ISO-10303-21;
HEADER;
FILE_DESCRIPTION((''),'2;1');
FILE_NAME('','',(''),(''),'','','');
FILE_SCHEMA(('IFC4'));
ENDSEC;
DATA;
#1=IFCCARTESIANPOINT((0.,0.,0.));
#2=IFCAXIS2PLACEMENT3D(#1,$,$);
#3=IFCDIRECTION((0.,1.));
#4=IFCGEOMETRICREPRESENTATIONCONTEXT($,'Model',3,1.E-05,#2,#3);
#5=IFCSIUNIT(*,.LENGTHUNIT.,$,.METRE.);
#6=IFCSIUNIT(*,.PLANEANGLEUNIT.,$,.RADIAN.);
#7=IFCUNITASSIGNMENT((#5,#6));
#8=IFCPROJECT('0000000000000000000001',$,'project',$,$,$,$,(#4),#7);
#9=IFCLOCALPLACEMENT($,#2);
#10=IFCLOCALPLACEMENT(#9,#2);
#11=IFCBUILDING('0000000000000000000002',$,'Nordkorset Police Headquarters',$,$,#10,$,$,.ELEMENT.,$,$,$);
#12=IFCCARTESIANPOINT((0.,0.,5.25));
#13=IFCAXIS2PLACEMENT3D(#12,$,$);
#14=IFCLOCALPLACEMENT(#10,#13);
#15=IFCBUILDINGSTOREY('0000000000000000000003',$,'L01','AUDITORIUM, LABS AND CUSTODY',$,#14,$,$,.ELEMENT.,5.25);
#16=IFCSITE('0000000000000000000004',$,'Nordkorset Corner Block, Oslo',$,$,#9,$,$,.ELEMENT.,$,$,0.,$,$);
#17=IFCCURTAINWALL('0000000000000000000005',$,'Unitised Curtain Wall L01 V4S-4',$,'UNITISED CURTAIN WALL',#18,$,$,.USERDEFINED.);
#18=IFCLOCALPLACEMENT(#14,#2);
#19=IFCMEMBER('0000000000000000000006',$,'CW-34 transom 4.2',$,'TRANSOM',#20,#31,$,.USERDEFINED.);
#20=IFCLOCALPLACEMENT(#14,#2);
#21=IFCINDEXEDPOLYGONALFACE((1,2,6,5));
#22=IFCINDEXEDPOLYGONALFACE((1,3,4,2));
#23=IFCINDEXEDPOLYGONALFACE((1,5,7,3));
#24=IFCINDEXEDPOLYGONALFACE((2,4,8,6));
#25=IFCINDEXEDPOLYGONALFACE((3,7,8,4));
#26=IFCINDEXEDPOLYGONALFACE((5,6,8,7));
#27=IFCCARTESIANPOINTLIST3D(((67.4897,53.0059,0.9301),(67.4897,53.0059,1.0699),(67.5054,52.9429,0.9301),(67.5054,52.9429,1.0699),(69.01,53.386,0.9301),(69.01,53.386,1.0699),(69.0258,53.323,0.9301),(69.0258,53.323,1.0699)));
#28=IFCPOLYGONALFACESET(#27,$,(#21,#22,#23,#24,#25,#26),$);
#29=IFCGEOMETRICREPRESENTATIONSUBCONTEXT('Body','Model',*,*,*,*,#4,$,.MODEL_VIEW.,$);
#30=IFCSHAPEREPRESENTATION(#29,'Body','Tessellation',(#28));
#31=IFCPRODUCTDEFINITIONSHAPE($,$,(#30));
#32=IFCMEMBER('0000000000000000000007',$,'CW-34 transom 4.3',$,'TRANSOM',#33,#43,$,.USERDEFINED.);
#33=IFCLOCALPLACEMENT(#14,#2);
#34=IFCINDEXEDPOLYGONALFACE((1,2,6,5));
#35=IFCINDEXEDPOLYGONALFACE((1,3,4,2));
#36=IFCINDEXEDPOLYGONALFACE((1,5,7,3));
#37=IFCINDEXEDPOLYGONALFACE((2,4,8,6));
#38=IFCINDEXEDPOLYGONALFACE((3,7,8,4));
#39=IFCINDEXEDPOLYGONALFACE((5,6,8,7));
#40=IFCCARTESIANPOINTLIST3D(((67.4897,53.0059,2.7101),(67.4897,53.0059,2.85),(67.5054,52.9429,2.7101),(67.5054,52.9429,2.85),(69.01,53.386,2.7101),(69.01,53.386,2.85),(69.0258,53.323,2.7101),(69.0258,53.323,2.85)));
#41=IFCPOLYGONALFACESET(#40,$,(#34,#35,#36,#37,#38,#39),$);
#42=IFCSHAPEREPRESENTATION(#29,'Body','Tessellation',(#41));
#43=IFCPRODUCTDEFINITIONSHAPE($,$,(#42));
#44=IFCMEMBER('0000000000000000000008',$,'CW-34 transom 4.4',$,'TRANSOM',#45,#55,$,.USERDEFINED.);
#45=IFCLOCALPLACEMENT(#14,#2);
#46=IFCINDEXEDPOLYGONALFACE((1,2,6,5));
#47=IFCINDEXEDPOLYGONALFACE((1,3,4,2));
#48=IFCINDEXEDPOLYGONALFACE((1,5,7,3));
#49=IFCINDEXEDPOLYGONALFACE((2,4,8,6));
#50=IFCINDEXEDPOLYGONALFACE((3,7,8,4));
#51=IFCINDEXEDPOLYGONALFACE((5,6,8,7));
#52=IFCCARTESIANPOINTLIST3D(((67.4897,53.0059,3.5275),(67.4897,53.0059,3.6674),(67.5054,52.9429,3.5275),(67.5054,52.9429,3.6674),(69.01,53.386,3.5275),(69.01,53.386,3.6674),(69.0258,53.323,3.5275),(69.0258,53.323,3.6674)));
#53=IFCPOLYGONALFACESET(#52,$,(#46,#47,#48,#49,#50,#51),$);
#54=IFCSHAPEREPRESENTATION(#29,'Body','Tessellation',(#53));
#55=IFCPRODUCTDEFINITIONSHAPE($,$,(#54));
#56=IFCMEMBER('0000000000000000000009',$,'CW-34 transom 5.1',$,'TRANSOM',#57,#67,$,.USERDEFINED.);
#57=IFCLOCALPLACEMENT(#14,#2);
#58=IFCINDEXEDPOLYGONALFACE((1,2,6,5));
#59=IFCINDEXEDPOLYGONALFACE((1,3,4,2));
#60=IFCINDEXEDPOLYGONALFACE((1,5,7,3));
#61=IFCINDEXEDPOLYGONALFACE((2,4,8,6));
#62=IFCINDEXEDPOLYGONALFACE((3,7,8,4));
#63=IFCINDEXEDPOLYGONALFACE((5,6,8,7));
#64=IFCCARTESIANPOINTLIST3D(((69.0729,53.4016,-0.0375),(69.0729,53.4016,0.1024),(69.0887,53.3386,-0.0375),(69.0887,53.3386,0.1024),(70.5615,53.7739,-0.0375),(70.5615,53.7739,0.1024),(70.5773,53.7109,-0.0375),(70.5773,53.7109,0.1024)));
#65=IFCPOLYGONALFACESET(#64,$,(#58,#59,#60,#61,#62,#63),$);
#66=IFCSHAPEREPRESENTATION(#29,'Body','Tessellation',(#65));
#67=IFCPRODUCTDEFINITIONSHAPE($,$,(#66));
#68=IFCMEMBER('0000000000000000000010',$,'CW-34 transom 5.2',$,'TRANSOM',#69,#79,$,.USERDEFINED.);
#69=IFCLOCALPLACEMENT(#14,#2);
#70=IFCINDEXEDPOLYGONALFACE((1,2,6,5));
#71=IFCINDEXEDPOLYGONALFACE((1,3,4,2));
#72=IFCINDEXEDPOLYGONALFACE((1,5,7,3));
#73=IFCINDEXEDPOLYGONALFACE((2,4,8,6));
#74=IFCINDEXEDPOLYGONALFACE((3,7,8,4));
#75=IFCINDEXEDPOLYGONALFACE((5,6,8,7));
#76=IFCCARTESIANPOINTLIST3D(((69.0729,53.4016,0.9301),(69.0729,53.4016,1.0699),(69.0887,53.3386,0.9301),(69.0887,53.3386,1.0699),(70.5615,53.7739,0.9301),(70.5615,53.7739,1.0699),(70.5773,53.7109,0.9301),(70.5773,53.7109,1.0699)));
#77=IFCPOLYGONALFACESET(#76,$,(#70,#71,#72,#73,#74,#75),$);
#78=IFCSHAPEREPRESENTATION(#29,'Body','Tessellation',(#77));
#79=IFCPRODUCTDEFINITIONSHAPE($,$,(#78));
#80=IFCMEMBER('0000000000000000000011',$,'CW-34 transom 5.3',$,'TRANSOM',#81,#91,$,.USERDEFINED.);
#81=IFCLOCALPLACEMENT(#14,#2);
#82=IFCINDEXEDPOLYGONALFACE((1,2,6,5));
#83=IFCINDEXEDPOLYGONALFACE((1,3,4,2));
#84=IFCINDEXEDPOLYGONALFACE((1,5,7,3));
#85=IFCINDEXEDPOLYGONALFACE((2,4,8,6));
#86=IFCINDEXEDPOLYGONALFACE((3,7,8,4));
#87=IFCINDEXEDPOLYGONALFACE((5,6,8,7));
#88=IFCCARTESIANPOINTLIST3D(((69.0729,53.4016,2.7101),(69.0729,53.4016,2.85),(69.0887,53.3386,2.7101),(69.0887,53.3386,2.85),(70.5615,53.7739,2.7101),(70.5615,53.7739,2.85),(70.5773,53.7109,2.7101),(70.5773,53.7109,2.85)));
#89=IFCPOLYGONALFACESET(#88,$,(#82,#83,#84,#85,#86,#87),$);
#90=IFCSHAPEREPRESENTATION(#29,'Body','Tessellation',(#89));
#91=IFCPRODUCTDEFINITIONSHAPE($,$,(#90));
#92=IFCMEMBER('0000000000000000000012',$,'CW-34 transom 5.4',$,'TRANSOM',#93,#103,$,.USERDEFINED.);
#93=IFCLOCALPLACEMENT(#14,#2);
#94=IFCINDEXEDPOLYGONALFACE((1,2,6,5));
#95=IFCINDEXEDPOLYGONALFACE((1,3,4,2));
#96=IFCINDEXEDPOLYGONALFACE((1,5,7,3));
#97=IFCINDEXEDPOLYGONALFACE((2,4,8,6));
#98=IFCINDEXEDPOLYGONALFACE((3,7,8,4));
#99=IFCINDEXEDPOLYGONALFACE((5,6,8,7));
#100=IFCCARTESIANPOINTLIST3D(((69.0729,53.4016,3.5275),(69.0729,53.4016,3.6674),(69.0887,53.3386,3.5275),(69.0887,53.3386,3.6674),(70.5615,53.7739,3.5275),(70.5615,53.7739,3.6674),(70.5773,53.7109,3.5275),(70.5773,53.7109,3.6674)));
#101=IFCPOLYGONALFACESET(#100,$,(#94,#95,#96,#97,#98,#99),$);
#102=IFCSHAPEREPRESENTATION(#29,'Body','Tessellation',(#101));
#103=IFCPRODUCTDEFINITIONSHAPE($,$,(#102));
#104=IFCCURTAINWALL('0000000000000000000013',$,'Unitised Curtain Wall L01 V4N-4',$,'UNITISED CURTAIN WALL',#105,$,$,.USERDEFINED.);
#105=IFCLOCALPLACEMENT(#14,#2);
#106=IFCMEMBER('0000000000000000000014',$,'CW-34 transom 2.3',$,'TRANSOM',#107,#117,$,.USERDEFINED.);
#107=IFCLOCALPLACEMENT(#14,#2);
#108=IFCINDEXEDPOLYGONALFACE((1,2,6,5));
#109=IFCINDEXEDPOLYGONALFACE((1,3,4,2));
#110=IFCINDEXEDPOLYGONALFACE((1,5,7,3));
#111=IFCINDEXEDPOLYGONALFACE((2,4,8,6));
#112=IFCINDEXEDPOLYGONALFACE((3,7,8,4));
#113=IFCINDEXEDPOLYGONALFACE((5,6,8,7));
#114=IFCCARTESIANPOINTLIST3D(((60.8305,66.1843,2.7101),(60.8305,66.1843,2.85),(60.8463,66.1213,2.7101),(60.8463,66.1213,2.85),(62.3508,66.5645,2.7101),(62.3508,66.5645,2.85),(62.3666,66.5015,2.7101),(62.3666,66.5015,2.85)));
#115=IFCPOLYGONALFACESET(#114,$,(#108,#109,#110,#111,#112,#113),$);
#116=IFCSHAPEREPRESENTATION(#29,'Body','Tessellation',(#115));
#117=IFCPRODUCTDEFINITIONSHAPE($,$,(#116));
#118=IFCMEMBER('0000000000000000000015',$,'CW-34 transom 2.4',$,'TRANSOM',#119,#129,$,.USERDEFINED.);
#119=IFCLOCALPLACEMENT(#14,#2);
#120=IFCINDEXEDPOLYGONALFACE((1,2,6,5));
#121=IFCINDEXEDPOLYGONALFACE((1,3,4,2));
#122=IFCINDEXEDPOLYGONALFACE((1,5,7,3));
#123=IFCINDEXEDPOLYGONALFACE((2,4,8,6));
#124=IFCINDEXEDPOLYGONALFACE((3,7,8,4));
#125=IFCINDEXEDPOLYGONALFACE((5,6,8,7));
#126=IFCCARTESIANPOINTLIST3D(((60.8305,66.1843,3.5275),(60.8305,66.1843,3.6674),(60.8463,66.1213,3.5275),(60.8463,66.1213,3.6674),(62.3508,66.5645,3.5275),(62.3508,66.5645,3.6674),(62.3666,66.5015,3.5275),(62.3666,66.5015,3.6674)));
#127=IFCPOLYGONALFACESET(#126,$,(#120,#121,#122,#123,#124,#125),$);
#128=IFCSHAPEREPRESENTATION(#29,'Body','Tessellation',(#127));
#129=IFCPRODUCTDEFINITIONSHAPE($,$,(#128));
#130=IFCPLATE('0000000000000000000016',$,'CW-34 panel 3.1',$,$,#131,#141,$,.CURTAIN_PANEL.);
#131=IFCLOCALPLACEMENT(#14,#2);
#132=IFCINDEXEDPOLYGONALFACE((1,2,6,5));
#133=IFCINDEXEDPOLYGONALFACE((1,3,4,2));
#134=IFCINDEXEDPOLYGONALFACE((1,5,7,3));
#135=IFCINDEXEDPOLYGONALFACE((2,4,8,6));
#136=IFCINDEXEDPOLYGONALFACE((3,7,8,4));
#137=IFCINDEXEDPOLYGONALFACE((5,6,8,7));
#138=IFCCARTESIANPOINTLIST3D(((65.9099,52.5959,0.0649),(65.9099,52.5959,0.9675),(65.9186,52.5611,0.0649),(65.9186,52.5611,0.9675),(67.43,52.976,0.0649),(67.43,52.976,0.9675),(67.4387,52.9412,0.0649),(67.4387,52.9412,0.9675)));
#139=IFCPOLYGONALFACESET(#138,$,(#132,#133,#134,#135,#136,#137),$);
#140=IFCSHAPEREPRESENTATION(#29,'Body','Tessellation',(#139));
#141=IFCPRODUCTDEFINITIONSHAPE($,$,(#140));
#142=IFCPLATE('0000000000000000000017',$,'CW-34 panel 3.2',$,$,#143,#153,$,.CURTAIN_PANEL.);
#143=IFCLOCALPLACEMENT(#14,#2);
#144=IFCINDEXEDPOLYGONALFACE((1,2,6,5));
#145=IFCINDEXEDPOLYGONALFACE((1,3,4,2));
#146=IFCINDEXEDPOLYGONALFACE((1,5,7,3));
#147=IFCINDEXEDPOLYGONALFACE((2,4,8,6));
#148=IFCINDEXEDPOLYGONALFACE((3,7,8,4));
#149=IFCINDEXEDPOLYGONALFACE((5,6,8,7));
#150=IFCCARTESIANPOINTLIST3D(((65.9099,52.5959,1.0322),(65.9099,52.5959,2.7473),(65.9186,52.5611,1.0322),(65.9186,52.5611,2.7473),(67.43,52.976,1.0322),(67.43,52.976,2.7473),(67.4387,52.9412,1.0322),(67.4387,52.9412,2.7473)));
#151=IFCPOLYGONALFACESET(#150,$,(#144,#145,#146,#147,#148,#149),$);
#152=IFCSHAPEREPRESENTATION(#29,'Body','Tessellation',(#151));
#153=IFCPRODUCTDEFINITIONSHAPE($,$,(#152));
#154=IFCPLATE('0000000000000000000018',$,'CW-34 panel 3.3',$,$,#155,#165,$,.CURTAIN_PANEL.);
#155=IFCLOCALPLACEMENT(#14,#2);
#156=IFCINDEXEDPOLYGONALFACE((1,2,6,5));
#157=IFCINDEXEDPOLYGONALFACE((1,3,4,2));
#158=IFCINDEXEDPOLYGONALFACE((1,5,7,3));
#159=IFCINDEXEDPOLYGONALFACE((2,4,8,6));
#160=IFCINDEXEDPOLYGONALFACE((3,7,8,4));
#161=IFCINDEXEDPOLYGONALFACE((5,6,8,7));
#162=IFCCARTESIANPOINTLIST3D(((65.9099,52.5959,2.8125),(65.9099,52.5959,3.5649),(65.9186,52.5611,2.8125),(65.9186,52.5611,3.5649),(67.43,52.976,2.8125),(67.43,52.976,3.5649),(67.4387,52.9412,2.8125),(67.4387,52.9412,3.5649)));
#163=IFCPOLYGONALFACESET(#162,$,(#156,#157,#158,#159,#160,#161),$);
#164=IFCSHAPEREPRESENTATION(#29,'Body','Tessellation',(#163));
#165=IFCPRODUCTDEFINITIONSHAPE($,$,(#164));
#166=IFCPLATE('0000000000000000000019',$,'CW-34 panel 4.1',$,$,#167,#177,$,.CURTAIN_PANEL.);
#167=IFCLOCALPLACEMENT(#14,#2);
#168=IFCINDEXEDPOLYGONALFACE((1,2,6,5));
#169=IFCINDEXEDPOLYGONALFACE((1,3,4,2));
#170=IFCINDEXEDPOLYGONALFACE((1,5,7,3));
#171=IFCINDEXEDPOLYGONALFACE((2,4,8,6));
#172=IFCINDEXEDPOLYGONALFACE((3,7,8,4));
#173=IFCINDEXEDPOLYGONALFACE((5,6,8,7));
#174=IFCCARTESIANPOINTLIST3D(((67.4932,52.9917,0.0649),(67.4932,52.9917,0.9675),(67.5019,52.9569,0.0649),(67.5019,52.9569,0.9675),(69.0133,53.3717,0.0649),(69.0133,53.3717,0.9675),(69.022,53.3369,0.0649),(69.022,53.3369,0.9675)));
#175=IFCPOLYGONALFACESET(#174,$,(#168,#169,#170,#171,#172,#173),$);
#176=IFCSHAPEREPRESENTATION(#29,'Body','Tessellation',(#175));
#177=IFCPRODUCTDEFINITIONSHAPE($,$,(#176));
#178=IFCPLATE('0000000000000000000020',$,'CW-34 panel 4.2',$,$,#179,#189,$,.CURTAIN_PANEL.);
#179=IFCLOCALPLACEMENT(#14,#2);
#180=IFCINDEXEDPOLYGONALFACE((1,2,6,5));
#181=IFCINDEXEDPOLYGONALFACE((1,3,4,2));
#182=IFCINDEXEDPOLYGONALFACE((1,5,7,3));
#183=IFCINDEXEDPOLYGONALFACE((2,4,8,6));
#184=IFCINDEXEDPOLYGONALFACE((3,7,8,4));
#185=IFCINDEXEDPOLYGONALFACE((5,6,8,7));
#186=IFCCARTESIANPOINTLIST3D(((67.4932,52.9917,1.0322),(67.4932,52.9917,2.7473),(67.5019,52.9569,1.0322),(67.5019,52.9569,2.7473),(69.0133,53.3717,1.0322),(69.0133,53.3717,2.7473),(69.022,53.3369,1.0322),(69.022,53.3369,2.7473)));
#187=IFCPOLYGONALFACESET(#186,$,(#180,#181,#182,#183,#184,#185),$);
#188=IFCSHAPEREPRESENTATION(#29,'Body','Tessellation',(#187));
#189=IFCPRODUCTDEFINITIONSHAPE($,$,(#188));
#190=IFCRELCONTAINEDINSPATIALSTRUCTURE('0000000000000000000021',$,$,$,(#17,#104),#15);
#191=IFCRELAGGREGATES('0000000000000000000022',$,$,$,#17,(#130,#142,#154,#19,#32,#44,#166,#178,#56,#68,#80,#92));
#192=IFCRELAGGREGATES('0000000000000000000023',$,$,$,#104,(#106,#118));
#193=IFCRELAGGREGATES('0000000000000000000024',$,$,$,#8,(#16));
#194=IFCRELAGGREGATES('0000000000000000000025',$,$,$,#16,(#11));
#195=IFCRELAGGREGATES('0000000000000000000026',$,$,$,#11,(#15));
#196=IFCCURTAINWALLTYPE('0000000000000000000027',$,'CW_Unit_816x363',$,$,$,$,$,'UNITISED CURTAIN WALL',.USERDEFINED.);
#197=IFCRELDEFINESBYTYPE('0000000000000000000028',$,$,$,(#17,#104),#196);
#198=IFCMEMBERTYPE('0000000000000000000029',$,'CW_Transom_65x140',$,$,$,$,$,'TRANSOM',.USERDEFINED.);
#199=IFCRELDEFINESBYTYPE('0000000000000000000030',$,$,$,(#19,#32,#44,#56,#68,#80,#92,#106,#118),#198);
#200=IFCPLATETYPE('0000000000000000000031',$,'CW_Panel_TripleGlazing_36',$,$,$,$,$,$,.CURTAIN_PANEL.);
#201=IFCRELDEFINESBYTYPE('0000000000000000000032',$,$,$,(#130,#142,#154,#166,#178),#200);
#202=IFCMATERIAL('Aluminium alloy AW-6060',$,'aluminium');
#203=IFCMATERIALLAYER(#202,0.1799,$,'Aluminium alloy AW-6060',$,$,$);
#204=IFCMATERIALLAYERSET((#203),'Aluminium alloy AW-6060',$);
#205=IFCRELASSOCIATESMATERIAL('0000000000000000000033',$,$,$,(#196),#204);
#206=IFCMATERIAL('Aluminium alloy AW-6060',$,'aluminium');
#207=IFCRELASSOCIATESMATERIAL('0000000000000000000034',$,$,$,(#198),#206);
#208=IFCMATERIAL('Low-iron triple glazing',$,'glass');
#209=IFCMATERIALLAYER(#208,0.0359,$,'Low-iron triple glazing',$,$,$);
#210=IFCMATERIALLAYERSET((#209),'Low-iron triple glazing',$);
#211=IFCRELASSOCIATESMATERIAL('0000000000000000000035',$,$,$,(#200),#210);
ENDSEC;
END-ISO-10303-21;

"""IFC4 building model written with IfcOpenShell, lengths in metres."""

from ifc_helpers import new_model, si_unit, direction, frame, origin, origin_2d, place, context, subcontext, project, spatial, rectangle, extrude, material, layer, layer_set, material_profile, profile_set, type_object, element, aggregate, save


model = new_model("IFC4")

# Units and contexts
model_context = context("Model", 3, precision=1e-05, world=origin(), true_north=direction((0.0, 1.0)))
body_context = subcontext(model_context, "Body", "Model", "MODEL_VIEW")
ifc_project = project(units=[si_unit("LENGTHUNIT", "METRE"), si_unit("PLANEANGLEUNIT", "RADIAN")], contexts=[model_context])

# Site, building, storey
site_placement = place(None, origin())
site = spatial("IfcSite", under=ifc_project, at=site_placement, Name="Nordkorset Corner Block, Oslo", CompositionType="ELEMENT", RefElevation=0.0)
building_placement = place(site_placement, origin())
building = spatial("IfcBuilding", under=site, at=building_placement, Name="Nordkorset Police Headquarters", CompositionType="ELEMENT")
storey_placement = place(building_placement, frame((0.0, 0.0, 5.25)))
storey = spatial("IfcBuildingStorey", under=building, at=storey_placement, Name="L01", Description="AUDITORIUM, LABS AND CUSTODY", CompositionType="ELEMENT", Elevation=5.25)

# Curtain walls, members
ifc_material_1 = material(Name="Aluminium alloy AW-6060", Category="aluminium")
ifc_layer_1 = layer(ifc_material_1, 0.1799, Name="Aluminium alloy AW-6060")
ifc_layer_set_1 = layer_set([ifc_layer_1], Name="Aluminium alloy AW-6060")
curtain_wall_type = type_object("IfcCurtainWallType", Name="CW_Unit_816x363", ElementType="UNITISED CURTAIN WALL", PredefinedType="USERDEFINED", material=ifc_layer_set_1)
curtain_wall_1_placement = place(storey_placement, origin())
curtain_wall_1 = element("IfcCurtainWall", 1, at=curtain_wall_1_placement, inside=storey, type_object=curtain_wall_type, Name="Unitised Curtain Wall L01 V4S-4", ObjectType="UNITISED CURTAIN WALL", PredefinedType="USERDEFINED")
ifc_material_2 = material(Name="Aluminium alloy AW-6060", Category="aluminium")
ifc_material_profile_1 = material_profile(ifc_material_2, rectangle(XDim=0.0649, YDim=0.1399, at=origin_2d()), Name="ALU TRAN 65x140")
ifc_profile_set_1 = profile_set([ifc_material_profile_1], Name="Aluminium alloy AW-6060")
member_type_1 = type_object("IfcMemberType", Name="CW_Transom_65x140", ElementType="TRANSOM", PredefinedType="USERDEFINED", material=ifc_profile_set_1)
member_1_placement = place(storey_placement, frame((67.4976, 52.9744, 1.0), z_axis=(0.970133, 0.242572, 0.0), x_axis=(-0.242572, 0.970133, 0.0)))
member_1 = element("IfcMember", 2, at=member_1_placement, type_object=member_type_1, Name="CW-34 transom 4.2", ObjectType="TRANSOM", PredefinedType="USERDEFINED", context=body_context, shape_type="SweptSolid", body=[
    extrude(rectangle(XDim=0.0649, YDim=0.1399, at=origin_2d()), origin(), (0.0, 0.0, 1.0), 1.5671),
])
member_2_placement = place(storey_placement, frame((67.4976, 52.9744, 2.78), z_axis=(0.970133, 0.242572, 0.0), x_axis=(-0.242572, 0.970133, 0.0)))
member_2 = element("IfcMember", 3, at=member_2_placement, type_object=member_type_1, Name="CW-34 transom 4.3", ObjectType="TRANSOM", PredefinedType="USERDEFINED", context=body_context, shape_type="SweptSolid", body=[
    extrude(rectangle(XDim=0.0649, YDim=0.1399, at=origin_2d()), origin(), (0.0, 0.0, 1.0), 1.5671),
])
member_3_placement = place(storey_placement, frame((67.4976, 52.9744, 3.5974), z_axis=(0.970133, 0.242572, 0.0), x_axis=(-0.242572, 0.970133, 0.0)))
member_3 = element("IfcMember", 4, at=member_3_placement, type_object=member_type_1, Name="CW-34 transom 4.4", ObjectType="TRANSOM", PredefinedType="USERDEFINED", context=body_context, shape_type="SweptSolid", body=[
    extrude(rectangle(XDim=0.0649, YDim=0.1399, at=origin_2d()), origin(), (0.0, 0.0, 1.0), 1.5671),
])
member_4_placement = place(storey_placement, frame((69.0808, 53.3701, 0.0325), z_axis=(0.970114, 0.242648, 0.0), x_axis=(-0.242648, 0.970114, 0.0)))
member_4 = element("IfcMember", 5, at=member_4_placement, type_object=member_type_1, Name="CW-34 transom 5.1", ObjectType="TRANSOM", PredefinedType="USERDEFINED", context=body_context, shape_type="SweptSolid", body=[
    extrude(rectangle(XDim=0.0649, YDim=0.1399, at=origin_2d()), origin(), (0.0, 0.0, 1.0), 1.5344),
])
member_5_placement = place(storey_placement, frame((69.0808, 53.3701, 1.0), z_axis=(0.970114, 0.242648, 0.0), x_axis=(-0.242648, 0.970114, 0.0)))
member_5 = element("IfcMember", 6, at=member_5_placement, type_object=member_type_1, Name="CW-34 transom 5.2", ObjectType="TRANSOM", PredefinedType="USERDEFINED", context=body_context, shape_type="SweptSolid", body=[
    extrude(rectangle(XDim=0.0649, YDim=0.1399, at=origin_2d()), origin(), (0.0, 0.0, 1.0), 1.5344),
])
member_6_placement = place(storey_placement, frame((69.0808, 53.3701, 2.78), z_axis=(0.970114, 0.242648, 0.0), x_axis=(-0.242648, 0.970114, 0.0)))
member_6 = element("IfcMember", 7, at=member_6_placement, type_object=member_type_1, Name="CW-34 transom 5.3", ObjectType="TRANSOM", PredefinedType="USERDEFINED", context=body_context, shape_type="SweptSolid", body=[
    extrude(rectangle(XDim=0.0649, YDim=0.1399, at=origin_2d()), origin(), (0.0, 0.0, 1.0), 1.5344),
])
member_7_placement = place(storey_placement, frame((69.0808, 53.3701, 3.5974), z_axis=(0.970114, 0.242648, 0.0), x_axis=(-0.242648, 0.970114, 0.0)))
member_7 = element("IfcMember", 8, at=member_7_placement, type_object=member_type_1, Name="CW-34 transom 5.4", ObjectType="TRANSOM", PredefinedType="USERDEFINED", context=body_context, shape_type="SweptSolid", body=[
    extrude(rectangle(XDim=0.0649, YDim=0.1399, at=origin_2d()), origin(), (0.0, 0.0, 1.0), 1.5344),
])
curtain_wall_2_placement = place(storey_placement, origin())
curtain_wall_2 = element("IfcCurtainWall", 9, at=curtain_wall_2_placement, inside=storey, type_object=curtain_wall_type, Name="Unitised Curtain Wall L01 V4N-4", ObjectType="UNITISED CURTAIN WALL", PredefinedType="USERDEFINED")
member_8_placement = place(storey_placement, frame((60.8384, 66.1528, 2.78), z_axis=(0.970133, 0.242572, 0.0), x_axis=(-0.242572, 0.970133, 0.0)))
member_8 = element("IfcMember", 10, at=member_8_placement, type_object=member_type_1, Name="CW-34 transom 2.3", ObjectType="TRANSOM", PredefinedType="USERDEFINED", context=body_context, shape_type="SweptSolid", body=[
    extrude(rectangle(XDim=0.0649, YDim=0.1399, at=origin_2d()), origin(), (0.0, 0.0, 1.0), 1.5671),
])
member_9_placement = place(storey_placement, frame((60.8384, 66.1528, 3.5974), z_axis=(0.970133, 0.242572, 0.0), x_axis=(-0.242572, 0.970133, 0.0)))
member_9 = element("IfcMember", 11, at=member_9_placement, type_object=member_type_1, Name="CW-34 transom 2.4", ObjectType="TRANSOM", PredefinedType="USERDEFINED", context=body_context, shape_type="SweptSolid", body=[
    extrude(rectangle(XDim=0.0649, YDim=0.1399, at=origin_2d()), origin(), (0.0, 0.0, 1.0), 1.5671),
])

# Plates
ifc_material_3 = material(Name="Low-iron triple glazing", Category="glass")
ifc_layer_2 = layer(ifc_material_3, 0.0359, Name="Low-iron triple glazing")
ifc_layer_set_2 = layer_set([ifc_layer_2], Name="Low-iron triple glazing")
plate_type = type_object("IfcPlateType", Name="CW_Panel_TripleGlazing_36", PredefinedType="CURTAIN_PANEL", material=ifc_layer_set_2)
plate_1_placement = place(storey_placement, frame((66.6743, 52.7686, 0.0649), z_axis=(0.0, 0.0, 1.0), x_axis=(0.970143, 0.242536, 0.0)))
plate_1 = element("IfcPlate", 12, at=plate_1_placement, type_object=plate_type, Name="CW-34 panel 3.1", PredefinedType="CURTAIN_PANEL", context=body_context, shape_type="SweptSolid", body=[
    extrude(rectangle(XDim=1.5669, YDim=0.0359, at=origin_2d()), origin(), (0.0, 0.0, 1.0), 0.9026),
])
plate_2_placement = place(storey_placement, frame((66.6743, 52.7686, 1.0322), z_axis=(0.0, 0.0, 1.0), x_axis=(0.970143, 0.242536, 0.0)))
plate_2 = element("IfcPlate", 13, at=plate_2_placement, type_object=plate_type, Name="CW-34 panel 3.2", PredefinedType="CURTAIN_PANEL", context=body_context, shape_type="SweptSolid", body=[
    extrude(rectangle(XDim=1.5669, YDim=0.0359, at=origin_2d()), origin(), (0.0, 0.0, 1.0), 1.7151),
])
plate_3_placement = place(storey_placement, frame((66.6743, 52.7686, 2.8125), z_axis=(0.0, 0.0, 1.0), x_axis=(0.970143, 0.242536, 0.0)))
plate_3 = element("IfcPlate", 14, at=plate_3_placement, type_object=plate_type, Name="CW-34 panel 3.3", PredefinedType="CURTAIN_PANEL", context=body_context, shape_type="SweptSolid", body=[
    extrude(rectangle(XDim=1.5669, YDim=0.0359, at=origin_2d()), origin(), (0.0, 0.0, 1.0), 0.7524),
])
plate_4_placement = place(storey_placement, frame((68.2576, 53.1643, 0.0649), z_axis=(0.0, 0.0, 1.0), x_axis=(0.970143, 0.242536, 0.0)))
plate_4 = element("IfcPlate", 15, at=plate_4_placement, type_object=plate_type, Name="CW-34 panel 4.1", PredefinedType="CURTAIN_PANEL", context=body_context, shape_type="SweptSolid", body=[
    extrude(rectangle(XDim=1.5669, YDim=0.0359, at=origin_2d()), origin(), (0.0, 0.0, 1.0), 0.9026),
])
plate_5_placement = place(storey_placement, frame((68.2576, 53.1643, 1.0322), z_axis=(0.0, 0.0, 1.0), x_axis=(0.970143, 0.242536, 0.0)))
plate_5 = element("IfcPlate", 16, at=plate_5_placement, type_object=plate_type, Name="CW-34 panel 4.2", PredefinedType="CURTAIN_PANEL", context=body_context, shape_type="SweptSolid", body=[
    extrude(rectangle(XDim=1.5669, YDim=0.0359, at=origin_2d()), origin(), (0.0, 0.0, 1.0), 1.7151),
])
aggregate(curtain_wall_1, [plate_1, plate_2, plate_3, member_1, member_2, member_3, plate_4, plate_5, member_4, member_5, member_6, member_7])
aggregate(curtain_wall_2, [member_8, member_9])

save(model, "model.ifc")
